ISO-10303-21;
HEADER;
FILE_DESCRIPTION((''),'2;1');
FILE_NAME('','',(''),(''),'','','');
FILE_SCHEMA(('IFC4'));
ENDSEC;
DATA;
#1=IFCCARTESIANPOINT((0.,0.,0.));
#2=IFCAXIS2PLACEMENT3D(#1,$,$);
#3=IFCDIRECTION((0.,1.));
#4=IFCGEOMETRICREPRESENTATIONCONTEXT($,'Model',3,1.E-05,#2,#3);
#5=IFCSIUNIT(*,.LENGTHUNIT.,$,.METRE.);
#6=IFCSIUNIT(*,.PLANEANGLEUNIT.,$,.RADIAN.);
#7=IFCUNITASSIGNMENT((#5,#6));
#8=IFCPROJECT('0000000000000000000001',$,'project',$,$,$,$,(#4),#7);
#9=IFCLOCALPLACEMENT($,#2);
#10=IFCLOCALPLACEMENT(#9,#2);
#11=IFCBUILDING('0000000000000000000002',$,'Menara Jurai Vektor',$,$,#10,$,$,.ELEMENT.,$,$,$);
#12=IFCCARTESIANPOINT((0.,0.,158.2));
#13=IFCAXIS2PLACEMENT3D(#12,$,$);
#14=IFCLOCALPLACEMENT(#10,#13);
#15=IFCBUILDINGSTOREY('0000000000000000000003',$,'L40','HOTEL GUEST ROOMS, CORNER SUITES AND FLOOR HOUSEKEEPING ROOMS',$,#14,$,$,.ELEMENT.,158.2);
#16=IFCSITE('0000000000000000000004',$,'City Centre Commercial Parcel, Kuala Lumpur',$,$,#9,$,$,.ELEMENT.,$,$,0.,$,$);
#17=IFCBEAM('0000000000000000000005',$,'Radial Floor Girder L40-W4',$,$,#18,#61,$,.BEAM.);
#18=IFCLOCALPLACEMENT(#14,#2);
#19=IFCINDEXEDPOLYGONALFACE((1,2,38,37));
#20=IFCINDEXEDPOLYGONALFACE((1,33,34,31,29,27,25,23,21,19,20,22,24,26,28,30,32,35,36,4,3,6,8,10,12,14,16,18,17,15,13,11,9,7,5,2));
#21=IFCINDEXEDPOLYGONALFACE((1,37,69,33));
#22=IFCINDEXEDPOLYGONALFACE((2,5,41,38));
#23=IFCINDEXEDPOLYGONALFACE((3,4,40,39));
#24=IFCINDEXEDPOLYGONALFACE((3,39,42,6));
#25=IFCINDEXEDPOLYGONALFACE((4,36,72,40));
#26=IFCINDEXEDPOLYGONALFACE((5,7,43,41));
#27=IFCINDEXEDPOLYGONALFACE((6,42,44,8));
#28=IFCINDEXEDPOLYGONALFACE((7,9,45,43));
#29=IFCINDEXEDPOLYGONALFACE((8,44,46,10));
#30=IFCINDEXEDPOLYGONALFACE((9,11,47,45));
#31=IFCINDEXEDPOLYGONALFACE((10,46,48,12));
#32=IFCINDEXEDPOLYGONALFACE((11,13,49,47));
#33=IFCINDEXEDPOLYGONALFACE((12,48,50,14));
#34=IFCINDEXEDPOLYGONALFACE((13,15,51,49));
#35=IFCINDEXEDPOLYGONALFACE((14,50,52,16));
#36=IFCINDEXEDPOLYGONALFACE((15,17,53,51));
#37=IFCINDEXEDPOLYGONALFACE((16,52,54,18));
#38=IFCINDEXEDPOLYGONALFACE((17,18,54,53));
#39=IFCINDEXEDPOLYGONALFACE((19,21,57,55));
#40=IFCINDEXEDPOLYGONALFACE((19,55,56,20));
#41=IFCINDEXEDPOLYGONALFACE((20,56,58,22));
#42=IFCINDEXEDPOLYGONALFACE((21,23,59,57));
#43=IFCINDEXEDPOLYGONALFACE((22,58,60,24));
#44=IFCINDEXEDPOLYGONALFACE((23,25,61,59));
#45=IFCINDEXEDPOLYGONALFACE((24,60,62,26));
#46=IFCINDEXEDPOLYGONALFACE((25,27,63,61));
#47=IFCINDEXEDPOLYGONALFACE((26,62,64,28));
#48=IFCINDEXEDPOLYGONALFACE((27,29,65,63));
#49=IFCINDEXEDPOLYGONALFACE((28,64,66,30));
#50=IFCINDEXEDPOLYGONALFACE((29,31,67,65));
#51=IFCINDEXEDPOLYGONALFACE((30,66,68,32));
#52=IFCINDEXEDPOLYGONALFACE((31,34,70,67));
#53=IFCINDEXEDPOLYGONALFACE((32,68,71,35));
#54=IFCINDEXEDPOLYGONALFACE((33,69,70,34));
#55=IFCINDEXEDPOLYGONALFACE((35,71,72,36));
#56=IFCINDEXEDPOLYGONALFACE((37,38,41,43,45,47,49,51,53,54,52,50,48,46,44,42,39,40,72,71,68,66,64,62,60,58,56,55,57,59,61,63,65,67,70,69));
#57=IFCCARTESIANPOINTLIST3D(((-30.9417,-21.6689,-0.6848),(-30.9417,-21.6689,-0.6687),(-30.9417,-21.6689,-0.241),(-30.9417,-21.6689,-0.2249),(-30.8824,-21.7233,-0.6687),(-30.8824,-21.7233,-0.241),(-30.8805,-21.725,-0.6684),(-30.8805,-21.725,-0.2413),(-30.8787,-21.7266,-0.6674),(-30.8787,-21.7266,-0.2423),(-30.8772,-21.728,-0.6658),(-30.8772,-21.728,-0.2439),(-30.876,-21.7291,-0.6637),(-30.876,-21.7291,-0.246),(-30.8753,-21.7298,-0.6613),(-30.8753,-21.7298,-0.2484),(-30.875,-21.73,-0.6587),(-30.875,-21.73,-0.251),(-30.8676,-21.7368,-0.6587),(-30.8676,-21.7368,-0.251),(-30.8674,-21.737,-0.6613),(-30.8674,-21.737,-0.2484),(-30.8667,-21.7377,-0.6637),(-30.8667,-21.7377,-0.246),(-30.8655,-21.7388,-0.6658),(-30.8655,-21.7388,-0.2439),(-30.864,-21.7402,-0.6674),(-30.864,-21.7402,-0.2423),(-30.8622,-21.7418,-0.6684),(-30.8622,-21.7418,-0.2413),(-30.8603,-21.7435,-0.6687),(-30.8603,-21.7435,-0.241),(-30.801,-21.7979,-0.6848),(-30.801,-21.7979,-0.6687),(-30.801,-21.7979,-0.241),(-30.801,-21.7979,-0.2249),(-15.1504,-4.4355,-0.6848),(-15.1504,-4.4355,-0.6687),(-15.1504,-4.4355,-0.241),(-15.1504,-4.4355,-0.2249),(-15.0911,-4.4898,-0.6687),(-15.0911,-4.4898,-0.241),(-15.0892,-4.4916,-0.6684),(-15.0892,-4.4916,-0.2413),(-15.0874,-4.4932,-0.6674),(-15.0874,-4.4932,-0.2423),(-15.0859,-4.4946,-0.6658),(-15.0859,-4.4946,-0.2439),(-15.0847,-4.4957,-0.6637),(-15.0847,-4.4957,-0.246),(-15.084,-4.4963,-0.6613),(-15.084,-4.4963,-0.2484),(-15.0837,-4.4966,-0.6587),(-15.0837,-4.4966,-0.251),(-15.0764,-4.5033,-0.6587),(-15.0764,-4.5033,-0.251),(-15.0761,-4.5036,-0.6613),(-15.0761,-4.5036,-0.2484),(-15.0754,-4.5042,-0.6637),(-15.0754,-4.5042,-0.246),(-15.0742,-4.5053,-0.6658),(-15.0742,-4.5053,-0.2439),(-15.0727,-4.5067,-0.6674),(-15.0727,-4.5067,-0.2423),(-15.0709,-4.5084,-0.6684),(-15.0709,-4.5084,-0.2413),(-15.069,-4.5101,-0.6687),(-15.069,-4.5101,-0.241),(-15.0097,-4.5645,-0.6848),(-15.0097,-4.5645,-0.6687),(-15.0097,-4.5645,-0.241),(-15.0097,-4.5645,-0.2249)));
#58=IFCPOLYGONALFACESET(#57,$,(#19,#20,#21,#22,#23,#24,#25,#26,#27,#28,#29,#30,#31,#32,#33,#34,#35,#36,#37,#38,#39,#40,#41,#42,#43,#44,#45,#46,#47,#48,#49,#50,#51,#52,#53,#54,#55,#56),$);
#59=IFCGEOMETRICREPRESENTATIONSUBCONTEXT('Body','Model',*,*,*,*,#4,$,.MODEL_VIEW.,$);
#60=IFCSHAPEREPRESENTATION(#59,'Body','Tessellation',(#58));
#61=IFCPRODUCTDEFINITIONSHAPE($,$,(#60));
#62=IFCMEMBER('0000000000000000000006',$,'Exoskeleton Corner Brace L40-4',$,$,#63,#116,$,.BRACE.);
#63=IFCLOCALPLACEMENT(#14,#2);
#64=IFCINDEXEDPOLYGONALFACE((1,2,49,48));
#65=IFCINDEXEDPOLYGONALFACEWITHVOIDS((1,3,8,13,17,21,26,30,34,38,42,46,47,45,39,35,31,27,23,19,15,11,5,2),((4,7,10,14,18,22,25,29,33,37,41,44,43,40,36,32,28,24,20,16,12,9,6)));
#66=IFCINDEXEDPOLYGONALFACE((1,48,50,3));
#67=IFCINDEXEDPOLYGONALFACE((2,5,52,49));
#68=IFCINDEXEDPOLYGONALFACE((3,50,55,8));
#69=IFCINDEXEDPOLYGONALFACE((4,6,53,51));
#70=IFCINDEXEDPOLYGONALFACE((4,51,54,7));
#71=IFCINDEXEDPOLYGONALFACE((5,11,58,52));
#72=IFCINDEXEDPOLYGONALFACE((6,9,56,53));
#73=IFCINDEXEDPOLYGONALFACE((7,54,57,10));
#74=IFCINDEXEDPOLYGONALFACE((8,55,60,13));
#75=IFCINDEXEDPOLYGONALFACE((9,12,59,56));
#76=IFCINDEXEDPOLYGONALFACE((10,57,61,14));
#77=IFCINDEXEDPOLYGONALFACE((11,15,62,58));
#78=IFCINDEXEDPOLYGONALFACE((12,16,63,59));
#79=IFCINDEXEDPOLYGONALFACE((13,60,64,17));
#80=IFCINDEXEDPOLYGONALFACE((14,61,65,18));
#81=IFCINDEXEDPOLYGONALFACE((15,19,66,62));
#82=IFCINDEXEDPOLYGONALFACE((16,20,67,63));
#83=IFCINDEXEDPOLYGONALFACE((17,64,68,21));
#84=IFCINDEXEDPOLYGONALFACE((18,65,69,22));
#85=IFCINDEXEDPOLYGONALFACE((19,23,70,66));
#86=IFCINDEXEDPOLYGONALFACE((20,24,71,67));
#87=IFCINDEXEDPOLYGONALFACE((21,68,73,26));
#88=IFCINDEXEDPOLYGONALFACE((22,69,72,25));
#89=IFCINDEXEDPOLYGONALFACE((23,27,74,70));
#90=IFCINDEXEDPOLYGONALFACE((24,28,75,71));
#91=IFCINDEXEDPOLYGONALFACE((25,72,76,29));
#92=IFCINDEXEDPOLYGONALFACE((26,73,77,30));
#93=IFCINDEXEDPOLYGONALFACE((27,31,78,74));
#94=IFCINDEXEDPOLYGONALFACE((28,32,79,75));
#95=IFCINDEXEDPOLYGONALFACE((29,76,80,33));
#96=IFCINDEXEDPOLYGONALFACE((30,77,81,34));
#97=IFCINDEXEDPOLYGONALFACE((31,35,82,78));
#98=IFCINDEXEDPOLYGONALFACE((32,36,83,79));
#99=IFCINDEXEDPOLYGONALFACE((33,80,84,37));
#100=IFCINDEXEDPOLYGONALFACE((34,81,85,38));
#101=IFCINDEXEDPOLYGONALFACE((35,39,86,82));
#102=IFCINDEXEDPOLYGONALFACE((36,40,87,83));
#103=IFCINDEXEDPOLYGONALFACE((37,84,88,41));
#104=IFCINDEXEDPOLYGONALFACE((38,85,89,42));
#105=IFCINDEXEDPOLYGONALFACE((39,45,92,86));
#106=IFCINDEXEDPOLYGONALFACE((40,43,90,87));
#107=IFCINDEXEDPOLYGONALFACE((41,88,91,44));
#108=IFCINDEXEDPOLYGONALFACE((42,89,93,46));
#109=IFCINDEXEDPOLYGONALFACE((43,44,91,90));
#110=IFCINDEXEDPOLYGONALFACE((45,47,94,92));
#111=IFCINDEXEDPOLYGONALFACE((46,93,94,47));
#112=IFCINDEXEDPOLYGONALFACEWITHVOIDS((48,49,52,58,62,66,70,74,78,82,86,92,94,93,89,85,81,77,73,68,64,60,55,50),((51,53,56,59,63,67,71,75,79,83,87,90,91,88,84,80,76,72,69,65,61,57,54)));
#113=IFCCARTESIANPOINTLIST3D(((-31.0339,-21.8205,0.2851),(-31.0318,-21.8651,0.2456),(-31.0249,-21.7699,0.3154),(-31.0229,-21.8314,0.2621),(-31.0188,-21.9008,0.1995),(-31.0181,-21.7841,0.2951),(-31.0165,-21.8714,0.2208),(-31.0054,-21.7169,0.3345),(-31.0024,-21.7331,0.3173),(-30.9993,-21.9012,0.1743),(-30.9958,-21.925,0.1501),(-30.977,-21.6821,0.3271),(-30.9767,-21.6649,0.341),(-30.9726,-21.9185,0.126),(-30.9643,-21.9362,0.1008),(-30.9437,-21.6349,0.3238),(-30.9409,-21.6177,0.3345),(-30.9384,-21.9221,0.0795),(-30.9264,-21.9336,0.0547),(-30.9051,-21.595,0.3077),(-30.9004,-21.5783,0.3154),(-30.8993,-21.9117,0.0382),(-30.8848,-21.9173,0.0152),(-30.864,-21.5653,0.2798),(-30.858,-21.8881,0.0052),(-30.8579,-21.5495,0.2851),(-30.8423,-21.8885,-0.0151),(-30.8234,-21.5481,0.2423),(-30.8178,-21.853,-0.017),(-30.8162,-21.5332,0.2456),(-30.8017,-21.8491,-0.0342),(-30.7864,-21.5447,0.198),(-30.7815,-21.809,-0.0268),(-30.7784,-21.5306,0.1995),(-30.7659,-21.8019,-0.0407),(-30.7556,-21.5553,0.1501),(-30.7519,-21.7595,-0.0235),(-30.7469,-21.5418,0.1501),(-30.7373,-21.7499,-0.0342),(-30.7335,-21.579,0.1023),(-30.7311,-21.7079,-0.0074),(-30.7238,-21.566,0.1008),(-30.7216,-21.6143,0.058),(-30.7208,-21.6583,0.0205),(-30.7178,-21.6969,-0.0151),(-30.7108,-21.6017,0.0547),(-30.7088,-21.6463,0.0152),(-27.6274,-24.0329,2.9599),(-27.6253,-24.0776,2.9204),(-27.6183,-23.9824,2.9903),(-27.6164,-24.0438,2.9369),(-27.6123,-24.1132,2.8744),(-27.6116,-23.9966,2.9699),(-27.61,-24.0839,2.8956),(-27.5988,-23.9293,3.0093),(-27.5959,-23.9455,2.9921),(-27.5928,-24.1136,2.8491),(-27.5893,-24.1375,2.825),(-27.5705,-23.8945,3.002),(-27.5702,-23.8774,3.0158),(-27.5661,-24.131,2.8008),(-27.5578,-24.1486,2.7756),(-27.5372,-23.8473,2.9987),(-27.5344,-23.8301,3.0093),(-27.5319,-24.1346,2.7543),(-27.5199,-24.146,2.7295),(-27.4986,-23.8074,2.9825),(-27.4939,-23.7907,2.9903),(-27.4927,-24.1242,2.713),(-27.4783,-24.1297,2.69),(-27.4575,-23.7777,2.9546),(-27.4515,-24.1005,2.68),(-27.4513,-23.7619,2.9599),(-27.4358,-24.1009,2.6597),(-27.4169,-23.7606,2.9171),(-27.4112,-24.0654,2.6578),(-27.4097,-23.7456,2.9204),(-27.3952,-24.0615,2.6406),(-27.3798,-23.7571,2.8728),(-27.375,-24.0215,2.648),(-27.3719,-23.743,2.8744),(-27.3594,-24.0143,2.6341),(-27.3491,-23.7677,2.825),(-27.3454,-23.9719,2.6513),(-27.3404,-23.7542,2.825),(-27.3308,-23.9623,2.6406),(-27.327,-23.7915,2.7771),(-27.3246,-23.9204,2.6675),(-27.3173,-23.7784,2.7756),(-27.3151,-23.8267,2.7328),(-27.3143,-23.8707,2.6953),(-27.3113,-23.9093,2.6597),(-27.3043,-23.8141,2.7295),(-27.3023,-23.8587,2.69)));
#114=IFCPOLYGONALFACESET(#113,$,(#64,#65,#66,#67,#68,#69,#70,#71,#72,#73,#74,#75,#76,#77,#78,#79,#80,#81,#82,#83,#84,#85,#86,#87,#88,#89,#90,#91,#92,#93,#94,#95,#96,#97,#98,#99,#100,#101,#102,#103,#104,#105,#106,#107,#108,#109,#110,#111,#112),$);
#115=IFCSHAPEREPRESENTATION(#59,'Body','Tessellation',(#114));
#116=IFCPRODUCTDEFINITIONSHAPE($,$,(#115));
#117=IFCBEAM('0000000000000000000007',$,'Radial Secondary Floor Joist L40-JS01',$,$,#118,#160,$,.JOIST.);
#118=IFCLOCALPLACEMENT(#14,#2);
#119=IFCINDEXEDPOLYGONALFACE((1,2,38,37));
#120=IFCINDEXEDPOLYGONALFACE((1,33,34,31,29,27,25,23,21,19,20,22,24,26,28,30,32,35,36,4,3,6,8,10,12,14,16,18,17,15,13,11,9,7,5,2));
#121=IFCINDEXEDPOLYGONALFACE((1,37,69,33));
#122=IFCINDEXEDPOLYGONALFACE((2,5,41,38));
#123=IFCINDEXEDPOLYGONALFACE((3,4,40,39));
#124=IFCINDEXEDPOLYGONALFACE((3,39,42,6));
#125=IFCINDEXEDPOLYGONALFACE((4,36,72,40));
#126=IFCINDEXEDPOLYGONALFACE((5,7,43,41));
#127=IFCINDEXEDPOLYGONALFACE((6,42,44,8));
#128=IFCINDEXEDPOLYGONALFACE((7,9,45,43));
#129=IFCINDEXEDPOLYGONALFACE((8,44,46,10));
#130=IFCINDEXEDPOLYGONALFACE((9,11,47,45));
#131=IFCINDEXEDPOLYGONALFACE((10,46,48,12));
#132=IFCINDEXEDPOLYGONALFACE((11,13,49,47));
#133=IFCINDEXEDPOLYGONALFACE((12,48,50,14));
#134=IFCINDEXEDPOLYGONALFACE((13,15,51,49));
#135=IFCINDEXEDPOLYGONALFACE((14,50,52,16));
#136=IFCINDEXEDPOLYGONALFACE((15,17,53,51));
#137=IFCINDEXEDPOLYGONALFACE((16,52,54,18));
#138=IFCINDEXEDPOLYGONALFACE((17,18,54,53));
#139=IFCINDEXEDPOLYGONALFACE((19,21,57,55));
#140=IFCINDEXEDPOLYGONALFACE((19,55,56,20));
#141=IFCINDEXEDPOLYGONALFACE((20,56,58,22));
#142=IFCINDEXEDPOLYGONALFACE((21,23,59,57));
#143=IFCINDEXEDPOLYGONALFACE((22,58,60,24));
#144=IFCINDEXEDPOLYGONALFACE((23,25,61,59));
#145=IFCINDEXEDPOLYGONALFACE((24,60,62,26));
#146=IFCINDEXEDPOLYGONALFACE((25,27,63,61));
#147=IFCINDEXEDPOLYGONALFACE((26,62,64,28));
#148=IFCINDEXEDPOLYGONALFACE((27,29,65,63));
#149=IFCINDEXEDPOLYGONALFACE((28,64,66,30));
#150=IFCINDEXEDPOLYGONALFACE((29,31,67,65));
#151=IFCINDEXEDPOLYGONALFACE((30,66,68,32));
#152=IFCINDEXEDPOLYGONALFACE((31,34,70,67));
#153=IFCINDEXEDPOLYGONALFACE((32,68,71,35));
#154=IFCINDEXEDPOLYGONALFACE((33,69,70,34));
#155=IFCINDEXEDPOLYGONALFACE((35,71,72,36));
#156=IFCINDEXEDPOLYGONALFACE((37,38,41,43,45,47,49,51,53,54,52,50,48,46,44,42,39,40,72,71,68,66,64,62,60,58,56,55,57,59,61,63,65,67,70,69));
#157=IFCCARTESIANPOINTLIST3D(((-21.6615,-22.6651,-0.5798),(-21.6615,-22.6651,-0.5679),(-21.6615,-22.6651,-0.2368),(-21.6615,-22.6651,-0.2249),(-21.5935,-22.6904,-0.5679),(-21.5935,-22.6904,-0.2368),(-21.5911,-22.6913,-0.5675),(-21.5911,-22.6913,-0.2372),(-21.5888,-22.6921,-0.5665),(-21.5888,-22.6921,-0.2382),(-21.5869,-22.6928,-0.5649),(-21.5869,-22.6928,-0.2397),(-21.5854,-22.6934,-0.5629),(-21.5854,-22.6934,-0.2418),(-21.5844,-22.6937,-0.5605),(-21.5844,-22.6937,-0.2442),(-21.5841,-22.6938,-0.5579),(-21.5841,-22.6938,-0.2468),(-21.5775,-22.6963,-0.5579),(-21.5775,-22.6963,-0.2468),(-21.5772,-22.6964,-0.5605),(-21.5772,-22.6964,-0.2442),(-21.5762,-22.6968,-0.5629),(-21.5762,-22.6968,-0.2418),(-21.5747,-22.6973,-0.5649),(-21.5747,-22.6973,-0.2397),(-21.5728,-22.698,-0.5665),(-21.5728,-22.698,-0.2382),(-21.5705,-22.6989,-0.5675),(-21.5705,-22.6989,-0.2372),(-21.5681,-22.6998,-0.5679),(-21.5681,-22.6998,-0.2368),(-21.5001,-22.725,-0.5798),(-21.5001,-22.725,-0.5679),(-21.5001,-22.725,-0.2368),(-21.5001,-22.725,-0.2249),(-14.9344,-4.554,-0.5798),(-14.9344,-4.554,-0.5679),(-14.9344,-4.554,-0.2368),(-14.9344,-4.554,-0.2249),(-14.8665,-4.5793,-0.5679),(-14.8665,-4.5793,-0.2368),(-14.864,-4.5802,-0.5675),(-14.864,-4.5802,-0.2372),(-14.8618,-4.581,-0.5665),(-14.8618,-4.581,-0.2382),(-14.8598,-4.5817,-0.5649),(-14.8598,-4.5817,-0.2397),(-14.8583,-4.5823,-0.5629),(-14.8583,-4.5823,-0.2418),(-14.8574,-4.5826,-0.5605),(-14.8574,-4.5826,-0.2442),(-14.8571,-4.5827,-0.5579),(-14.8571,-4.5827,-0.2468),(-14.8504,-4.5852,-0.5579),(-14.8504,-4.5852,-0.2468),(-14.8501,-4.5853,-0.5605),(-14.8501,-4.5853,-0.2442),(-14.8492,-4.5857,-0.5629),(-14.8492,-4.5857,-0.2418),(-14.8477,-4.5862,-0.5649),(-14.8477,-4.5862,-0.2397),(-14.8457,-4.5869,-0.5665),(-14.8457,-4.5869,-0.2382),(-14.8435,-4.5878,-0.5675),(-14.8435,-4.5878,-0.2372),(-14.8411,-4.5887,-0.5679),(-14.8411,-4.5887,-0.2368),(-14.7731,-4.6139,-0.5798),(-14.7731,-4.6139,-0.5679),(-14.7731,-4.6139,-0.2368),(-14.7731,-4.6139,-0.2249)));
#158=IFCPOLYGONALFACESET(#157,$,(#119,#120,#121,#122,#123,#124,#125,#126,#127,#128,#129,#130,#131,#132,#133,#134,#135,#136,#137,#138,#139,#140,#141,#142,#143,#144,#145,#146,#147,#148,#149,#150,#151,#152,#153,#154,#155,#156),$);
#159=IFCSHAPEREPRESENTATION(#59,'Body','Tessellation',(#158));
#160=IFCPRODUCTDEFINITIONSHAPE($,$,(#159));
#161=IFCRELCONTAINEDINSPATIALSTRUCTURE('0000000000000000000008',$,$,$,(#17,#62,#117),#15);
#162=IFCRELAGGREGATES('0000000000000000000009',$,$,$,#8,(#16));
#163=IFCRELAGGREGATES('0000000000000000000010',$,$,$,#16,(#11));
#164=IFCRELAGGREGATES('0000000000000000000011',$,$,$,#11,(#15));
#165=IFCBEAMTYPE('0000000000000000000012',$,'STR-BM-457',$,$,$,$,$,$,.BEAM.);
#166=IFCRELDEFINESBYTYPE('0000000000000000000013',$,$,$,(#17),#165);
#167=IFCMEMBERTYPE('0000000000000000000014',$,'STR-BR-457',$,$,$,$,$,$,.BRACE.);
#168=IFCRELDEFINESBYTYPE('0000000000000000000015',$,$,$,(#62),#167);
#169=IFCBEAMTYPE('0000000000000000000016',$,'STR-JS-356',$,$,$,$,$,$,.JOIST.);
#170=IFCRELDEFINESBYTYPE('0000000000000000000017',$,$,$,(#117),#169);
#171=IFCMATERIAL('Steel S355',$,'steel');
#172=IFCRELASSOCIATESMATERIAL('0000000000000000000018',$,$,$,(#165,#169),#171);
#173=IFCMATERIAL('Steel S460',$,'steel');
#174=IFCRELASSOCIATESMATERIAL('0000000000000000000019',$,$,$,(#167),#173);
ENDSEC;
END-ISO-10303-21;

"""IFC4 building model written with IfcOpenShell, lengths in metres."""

from ifc_helpers import new_model, si_unit, direction, frame, origin, origin_2d, place, context, subcontext, project, spatial, hollow_circle, i_section, extrude, material, material_profile, profile_set, type_object, element, save


model = new_model("IFC4")

# Units and contexts
model_context = context("Model", 3, precision=1e-05, world=origin(), true_north=direction((0.0, 1.0)))
body_context = subcontext(model_context, "Body", "Model", "MODEL_VIEW")
ifc_project = project(units=[si_unit("LENGTHUNIT", "METRE"), si_unit("PLANEANGLEUNIT", "RADIAN")], contexts=[model_context])

# Site, building, storey
site_placement = place(None, origin())
site = spatial("IfcSite", under=ifc_project, at=site_placement, Name="City Centre Commercial Parcel, Kuala Lumpur", CompositionType="ELEMENT", RefElevation=0.0)
building_placement = place(site_placement, origin())
building = spatial("IfcBuilding", under=site, at=building_placement, Name="Menara Jurai Vektor", CompositionType="ELEMENT")
storey_placement = place(building_placement, frame((0.0, 0.0, 158.2)))
storey = spatial("IfcBuildingStorey", under=building, at=storey_placement, Name="L40", Description="HOTEL GUEST ROOMS, CORNER SUITES AND FLOOR HOUSEKEEPING ROOMS", CompositionType="ELEMENT", Elevation=158.2)

# Shared definitions
ifc_material_1 = material(Name="Steel S460", Category="steel")

# Beam
ifc_material_2 = material(Name="Steel S355", Category="steel")
ifc_material_profile_1 = material_profile(ifc_material_2, i_section(OverallWidth=0.1909, OverallDepth=0.46, WebThickness=0.01, FlangeThickness=0.0161, FilletRadius=0.01, at=origin_2d()), Name="UKB 457x191x82")
ifc_profile_set_1 = profile_set([ifc_material_profile_1], Name="Steel S355")
beam_type_1 = type_object("IfcBeamType", Name="STR-BM-457", PredefinedType="BEAM", material=ifc_profile_set_1)
beam_1_placement = place(storey_placement, frame((-30.8713, -21.7334, -0.4548), z_axis=(0.675585, 0.737282, 0.0), x_axis=(-0.737282, 0.675585, 0.0)))
element("IfcBeam", 1, at=beam_1_placement, inside=storey, type_object=beam_type_1, Name="Radial Floor Girder L40-W4", PredefinedType="BEAM", context=body_context, shape_type="SweptSolid", body=[
    extrude(i_section(OverallWidth=0.1909, OverallDepth=0.46, WebThickness=0.01, FlangeThickness=0.0161, FilletRadius=0.01, at=origin_2d()), origin(), (0.0, 0.0, 1.0), 23.3743),
])

# Member
ifc_material_profile_2 = material_profile(ifc_material_1, hollow_circle(Radius=0.2285, WallThickness=0.0161, at=origin_2d()), Name="CHS 457x16")
ifc_profile_set_2 = profile_set([ifc_material_profile_2], Name="Steel S460")
member_type_1 = type_object("IfcMemberType", Name="STR-BR-457", PredefinedType="BRACE", material=ifc_profile_set_2)
member_1_placement = place(storey_placement, frame((-30.8713, -21.7334, 0.1501), z_axis=(0.700422, -0.4549, 0.549977), x_axis=(0.544674, 0.838648, 0.0)))
element("IfcMember", 2, at=member_1_placement, inside=storey, type_object=member_type_1, Name="Exoskeleton Corner Brace L40-4", PredefinedType="BRACE", context=body_context, shape_type="SweptSolid", body=[
    extrude(hollow_circle(Radius=0.2285, WallThickness=0.0161, at=origin_2d()), origin(), (0.0, 0.0, 1.0), 4.8635),
])

# Beam
ifc_material_profile_3 = material_profile(ifc_material_2, i_section(OverallWidth=0.1721, OverallDepth=0.355, WebThickness=0.0071, FlangeThickness=0.012, FilletRadius=0.01, at=origin_2d()), Name="UKB 356x171x51")
ifc_profile_set_3 = profile_set([ifc_material_profile_3], Name="Steel S355")
beam_type_2 = type_object("IfcBeamType", Name="STR-JS-356", PredefinedType="JOIST", material=ifc_profile_set_3)
beam_2_placement = place(storey_placement, frame((-21.5808, -22.6951, -0.4023), z_axis=(0.34819, 0.937424, 0.0), x_axis=(-0.937424, 0.34819, 0.0)))
element("IfcBeam", 3, at=beam_2_placement, inside=storey, type_object=beam_type_2, Name="Radial Secondary Floor Joist L40-JS01", PredefinedType="JOIST", context=body_context, shape_type="SweptSolid", body=[
    extrude(i_section(OverallWidth=0.1721, OverallDepth=0.355, WebThickness=0.0071, FlangeThickness=0.012, FilletRadius=0.01, at=origin_2d()), origin(), (0.0, 0.0, 1.0), 19.3201),
])

save(model, "model.ifc")
